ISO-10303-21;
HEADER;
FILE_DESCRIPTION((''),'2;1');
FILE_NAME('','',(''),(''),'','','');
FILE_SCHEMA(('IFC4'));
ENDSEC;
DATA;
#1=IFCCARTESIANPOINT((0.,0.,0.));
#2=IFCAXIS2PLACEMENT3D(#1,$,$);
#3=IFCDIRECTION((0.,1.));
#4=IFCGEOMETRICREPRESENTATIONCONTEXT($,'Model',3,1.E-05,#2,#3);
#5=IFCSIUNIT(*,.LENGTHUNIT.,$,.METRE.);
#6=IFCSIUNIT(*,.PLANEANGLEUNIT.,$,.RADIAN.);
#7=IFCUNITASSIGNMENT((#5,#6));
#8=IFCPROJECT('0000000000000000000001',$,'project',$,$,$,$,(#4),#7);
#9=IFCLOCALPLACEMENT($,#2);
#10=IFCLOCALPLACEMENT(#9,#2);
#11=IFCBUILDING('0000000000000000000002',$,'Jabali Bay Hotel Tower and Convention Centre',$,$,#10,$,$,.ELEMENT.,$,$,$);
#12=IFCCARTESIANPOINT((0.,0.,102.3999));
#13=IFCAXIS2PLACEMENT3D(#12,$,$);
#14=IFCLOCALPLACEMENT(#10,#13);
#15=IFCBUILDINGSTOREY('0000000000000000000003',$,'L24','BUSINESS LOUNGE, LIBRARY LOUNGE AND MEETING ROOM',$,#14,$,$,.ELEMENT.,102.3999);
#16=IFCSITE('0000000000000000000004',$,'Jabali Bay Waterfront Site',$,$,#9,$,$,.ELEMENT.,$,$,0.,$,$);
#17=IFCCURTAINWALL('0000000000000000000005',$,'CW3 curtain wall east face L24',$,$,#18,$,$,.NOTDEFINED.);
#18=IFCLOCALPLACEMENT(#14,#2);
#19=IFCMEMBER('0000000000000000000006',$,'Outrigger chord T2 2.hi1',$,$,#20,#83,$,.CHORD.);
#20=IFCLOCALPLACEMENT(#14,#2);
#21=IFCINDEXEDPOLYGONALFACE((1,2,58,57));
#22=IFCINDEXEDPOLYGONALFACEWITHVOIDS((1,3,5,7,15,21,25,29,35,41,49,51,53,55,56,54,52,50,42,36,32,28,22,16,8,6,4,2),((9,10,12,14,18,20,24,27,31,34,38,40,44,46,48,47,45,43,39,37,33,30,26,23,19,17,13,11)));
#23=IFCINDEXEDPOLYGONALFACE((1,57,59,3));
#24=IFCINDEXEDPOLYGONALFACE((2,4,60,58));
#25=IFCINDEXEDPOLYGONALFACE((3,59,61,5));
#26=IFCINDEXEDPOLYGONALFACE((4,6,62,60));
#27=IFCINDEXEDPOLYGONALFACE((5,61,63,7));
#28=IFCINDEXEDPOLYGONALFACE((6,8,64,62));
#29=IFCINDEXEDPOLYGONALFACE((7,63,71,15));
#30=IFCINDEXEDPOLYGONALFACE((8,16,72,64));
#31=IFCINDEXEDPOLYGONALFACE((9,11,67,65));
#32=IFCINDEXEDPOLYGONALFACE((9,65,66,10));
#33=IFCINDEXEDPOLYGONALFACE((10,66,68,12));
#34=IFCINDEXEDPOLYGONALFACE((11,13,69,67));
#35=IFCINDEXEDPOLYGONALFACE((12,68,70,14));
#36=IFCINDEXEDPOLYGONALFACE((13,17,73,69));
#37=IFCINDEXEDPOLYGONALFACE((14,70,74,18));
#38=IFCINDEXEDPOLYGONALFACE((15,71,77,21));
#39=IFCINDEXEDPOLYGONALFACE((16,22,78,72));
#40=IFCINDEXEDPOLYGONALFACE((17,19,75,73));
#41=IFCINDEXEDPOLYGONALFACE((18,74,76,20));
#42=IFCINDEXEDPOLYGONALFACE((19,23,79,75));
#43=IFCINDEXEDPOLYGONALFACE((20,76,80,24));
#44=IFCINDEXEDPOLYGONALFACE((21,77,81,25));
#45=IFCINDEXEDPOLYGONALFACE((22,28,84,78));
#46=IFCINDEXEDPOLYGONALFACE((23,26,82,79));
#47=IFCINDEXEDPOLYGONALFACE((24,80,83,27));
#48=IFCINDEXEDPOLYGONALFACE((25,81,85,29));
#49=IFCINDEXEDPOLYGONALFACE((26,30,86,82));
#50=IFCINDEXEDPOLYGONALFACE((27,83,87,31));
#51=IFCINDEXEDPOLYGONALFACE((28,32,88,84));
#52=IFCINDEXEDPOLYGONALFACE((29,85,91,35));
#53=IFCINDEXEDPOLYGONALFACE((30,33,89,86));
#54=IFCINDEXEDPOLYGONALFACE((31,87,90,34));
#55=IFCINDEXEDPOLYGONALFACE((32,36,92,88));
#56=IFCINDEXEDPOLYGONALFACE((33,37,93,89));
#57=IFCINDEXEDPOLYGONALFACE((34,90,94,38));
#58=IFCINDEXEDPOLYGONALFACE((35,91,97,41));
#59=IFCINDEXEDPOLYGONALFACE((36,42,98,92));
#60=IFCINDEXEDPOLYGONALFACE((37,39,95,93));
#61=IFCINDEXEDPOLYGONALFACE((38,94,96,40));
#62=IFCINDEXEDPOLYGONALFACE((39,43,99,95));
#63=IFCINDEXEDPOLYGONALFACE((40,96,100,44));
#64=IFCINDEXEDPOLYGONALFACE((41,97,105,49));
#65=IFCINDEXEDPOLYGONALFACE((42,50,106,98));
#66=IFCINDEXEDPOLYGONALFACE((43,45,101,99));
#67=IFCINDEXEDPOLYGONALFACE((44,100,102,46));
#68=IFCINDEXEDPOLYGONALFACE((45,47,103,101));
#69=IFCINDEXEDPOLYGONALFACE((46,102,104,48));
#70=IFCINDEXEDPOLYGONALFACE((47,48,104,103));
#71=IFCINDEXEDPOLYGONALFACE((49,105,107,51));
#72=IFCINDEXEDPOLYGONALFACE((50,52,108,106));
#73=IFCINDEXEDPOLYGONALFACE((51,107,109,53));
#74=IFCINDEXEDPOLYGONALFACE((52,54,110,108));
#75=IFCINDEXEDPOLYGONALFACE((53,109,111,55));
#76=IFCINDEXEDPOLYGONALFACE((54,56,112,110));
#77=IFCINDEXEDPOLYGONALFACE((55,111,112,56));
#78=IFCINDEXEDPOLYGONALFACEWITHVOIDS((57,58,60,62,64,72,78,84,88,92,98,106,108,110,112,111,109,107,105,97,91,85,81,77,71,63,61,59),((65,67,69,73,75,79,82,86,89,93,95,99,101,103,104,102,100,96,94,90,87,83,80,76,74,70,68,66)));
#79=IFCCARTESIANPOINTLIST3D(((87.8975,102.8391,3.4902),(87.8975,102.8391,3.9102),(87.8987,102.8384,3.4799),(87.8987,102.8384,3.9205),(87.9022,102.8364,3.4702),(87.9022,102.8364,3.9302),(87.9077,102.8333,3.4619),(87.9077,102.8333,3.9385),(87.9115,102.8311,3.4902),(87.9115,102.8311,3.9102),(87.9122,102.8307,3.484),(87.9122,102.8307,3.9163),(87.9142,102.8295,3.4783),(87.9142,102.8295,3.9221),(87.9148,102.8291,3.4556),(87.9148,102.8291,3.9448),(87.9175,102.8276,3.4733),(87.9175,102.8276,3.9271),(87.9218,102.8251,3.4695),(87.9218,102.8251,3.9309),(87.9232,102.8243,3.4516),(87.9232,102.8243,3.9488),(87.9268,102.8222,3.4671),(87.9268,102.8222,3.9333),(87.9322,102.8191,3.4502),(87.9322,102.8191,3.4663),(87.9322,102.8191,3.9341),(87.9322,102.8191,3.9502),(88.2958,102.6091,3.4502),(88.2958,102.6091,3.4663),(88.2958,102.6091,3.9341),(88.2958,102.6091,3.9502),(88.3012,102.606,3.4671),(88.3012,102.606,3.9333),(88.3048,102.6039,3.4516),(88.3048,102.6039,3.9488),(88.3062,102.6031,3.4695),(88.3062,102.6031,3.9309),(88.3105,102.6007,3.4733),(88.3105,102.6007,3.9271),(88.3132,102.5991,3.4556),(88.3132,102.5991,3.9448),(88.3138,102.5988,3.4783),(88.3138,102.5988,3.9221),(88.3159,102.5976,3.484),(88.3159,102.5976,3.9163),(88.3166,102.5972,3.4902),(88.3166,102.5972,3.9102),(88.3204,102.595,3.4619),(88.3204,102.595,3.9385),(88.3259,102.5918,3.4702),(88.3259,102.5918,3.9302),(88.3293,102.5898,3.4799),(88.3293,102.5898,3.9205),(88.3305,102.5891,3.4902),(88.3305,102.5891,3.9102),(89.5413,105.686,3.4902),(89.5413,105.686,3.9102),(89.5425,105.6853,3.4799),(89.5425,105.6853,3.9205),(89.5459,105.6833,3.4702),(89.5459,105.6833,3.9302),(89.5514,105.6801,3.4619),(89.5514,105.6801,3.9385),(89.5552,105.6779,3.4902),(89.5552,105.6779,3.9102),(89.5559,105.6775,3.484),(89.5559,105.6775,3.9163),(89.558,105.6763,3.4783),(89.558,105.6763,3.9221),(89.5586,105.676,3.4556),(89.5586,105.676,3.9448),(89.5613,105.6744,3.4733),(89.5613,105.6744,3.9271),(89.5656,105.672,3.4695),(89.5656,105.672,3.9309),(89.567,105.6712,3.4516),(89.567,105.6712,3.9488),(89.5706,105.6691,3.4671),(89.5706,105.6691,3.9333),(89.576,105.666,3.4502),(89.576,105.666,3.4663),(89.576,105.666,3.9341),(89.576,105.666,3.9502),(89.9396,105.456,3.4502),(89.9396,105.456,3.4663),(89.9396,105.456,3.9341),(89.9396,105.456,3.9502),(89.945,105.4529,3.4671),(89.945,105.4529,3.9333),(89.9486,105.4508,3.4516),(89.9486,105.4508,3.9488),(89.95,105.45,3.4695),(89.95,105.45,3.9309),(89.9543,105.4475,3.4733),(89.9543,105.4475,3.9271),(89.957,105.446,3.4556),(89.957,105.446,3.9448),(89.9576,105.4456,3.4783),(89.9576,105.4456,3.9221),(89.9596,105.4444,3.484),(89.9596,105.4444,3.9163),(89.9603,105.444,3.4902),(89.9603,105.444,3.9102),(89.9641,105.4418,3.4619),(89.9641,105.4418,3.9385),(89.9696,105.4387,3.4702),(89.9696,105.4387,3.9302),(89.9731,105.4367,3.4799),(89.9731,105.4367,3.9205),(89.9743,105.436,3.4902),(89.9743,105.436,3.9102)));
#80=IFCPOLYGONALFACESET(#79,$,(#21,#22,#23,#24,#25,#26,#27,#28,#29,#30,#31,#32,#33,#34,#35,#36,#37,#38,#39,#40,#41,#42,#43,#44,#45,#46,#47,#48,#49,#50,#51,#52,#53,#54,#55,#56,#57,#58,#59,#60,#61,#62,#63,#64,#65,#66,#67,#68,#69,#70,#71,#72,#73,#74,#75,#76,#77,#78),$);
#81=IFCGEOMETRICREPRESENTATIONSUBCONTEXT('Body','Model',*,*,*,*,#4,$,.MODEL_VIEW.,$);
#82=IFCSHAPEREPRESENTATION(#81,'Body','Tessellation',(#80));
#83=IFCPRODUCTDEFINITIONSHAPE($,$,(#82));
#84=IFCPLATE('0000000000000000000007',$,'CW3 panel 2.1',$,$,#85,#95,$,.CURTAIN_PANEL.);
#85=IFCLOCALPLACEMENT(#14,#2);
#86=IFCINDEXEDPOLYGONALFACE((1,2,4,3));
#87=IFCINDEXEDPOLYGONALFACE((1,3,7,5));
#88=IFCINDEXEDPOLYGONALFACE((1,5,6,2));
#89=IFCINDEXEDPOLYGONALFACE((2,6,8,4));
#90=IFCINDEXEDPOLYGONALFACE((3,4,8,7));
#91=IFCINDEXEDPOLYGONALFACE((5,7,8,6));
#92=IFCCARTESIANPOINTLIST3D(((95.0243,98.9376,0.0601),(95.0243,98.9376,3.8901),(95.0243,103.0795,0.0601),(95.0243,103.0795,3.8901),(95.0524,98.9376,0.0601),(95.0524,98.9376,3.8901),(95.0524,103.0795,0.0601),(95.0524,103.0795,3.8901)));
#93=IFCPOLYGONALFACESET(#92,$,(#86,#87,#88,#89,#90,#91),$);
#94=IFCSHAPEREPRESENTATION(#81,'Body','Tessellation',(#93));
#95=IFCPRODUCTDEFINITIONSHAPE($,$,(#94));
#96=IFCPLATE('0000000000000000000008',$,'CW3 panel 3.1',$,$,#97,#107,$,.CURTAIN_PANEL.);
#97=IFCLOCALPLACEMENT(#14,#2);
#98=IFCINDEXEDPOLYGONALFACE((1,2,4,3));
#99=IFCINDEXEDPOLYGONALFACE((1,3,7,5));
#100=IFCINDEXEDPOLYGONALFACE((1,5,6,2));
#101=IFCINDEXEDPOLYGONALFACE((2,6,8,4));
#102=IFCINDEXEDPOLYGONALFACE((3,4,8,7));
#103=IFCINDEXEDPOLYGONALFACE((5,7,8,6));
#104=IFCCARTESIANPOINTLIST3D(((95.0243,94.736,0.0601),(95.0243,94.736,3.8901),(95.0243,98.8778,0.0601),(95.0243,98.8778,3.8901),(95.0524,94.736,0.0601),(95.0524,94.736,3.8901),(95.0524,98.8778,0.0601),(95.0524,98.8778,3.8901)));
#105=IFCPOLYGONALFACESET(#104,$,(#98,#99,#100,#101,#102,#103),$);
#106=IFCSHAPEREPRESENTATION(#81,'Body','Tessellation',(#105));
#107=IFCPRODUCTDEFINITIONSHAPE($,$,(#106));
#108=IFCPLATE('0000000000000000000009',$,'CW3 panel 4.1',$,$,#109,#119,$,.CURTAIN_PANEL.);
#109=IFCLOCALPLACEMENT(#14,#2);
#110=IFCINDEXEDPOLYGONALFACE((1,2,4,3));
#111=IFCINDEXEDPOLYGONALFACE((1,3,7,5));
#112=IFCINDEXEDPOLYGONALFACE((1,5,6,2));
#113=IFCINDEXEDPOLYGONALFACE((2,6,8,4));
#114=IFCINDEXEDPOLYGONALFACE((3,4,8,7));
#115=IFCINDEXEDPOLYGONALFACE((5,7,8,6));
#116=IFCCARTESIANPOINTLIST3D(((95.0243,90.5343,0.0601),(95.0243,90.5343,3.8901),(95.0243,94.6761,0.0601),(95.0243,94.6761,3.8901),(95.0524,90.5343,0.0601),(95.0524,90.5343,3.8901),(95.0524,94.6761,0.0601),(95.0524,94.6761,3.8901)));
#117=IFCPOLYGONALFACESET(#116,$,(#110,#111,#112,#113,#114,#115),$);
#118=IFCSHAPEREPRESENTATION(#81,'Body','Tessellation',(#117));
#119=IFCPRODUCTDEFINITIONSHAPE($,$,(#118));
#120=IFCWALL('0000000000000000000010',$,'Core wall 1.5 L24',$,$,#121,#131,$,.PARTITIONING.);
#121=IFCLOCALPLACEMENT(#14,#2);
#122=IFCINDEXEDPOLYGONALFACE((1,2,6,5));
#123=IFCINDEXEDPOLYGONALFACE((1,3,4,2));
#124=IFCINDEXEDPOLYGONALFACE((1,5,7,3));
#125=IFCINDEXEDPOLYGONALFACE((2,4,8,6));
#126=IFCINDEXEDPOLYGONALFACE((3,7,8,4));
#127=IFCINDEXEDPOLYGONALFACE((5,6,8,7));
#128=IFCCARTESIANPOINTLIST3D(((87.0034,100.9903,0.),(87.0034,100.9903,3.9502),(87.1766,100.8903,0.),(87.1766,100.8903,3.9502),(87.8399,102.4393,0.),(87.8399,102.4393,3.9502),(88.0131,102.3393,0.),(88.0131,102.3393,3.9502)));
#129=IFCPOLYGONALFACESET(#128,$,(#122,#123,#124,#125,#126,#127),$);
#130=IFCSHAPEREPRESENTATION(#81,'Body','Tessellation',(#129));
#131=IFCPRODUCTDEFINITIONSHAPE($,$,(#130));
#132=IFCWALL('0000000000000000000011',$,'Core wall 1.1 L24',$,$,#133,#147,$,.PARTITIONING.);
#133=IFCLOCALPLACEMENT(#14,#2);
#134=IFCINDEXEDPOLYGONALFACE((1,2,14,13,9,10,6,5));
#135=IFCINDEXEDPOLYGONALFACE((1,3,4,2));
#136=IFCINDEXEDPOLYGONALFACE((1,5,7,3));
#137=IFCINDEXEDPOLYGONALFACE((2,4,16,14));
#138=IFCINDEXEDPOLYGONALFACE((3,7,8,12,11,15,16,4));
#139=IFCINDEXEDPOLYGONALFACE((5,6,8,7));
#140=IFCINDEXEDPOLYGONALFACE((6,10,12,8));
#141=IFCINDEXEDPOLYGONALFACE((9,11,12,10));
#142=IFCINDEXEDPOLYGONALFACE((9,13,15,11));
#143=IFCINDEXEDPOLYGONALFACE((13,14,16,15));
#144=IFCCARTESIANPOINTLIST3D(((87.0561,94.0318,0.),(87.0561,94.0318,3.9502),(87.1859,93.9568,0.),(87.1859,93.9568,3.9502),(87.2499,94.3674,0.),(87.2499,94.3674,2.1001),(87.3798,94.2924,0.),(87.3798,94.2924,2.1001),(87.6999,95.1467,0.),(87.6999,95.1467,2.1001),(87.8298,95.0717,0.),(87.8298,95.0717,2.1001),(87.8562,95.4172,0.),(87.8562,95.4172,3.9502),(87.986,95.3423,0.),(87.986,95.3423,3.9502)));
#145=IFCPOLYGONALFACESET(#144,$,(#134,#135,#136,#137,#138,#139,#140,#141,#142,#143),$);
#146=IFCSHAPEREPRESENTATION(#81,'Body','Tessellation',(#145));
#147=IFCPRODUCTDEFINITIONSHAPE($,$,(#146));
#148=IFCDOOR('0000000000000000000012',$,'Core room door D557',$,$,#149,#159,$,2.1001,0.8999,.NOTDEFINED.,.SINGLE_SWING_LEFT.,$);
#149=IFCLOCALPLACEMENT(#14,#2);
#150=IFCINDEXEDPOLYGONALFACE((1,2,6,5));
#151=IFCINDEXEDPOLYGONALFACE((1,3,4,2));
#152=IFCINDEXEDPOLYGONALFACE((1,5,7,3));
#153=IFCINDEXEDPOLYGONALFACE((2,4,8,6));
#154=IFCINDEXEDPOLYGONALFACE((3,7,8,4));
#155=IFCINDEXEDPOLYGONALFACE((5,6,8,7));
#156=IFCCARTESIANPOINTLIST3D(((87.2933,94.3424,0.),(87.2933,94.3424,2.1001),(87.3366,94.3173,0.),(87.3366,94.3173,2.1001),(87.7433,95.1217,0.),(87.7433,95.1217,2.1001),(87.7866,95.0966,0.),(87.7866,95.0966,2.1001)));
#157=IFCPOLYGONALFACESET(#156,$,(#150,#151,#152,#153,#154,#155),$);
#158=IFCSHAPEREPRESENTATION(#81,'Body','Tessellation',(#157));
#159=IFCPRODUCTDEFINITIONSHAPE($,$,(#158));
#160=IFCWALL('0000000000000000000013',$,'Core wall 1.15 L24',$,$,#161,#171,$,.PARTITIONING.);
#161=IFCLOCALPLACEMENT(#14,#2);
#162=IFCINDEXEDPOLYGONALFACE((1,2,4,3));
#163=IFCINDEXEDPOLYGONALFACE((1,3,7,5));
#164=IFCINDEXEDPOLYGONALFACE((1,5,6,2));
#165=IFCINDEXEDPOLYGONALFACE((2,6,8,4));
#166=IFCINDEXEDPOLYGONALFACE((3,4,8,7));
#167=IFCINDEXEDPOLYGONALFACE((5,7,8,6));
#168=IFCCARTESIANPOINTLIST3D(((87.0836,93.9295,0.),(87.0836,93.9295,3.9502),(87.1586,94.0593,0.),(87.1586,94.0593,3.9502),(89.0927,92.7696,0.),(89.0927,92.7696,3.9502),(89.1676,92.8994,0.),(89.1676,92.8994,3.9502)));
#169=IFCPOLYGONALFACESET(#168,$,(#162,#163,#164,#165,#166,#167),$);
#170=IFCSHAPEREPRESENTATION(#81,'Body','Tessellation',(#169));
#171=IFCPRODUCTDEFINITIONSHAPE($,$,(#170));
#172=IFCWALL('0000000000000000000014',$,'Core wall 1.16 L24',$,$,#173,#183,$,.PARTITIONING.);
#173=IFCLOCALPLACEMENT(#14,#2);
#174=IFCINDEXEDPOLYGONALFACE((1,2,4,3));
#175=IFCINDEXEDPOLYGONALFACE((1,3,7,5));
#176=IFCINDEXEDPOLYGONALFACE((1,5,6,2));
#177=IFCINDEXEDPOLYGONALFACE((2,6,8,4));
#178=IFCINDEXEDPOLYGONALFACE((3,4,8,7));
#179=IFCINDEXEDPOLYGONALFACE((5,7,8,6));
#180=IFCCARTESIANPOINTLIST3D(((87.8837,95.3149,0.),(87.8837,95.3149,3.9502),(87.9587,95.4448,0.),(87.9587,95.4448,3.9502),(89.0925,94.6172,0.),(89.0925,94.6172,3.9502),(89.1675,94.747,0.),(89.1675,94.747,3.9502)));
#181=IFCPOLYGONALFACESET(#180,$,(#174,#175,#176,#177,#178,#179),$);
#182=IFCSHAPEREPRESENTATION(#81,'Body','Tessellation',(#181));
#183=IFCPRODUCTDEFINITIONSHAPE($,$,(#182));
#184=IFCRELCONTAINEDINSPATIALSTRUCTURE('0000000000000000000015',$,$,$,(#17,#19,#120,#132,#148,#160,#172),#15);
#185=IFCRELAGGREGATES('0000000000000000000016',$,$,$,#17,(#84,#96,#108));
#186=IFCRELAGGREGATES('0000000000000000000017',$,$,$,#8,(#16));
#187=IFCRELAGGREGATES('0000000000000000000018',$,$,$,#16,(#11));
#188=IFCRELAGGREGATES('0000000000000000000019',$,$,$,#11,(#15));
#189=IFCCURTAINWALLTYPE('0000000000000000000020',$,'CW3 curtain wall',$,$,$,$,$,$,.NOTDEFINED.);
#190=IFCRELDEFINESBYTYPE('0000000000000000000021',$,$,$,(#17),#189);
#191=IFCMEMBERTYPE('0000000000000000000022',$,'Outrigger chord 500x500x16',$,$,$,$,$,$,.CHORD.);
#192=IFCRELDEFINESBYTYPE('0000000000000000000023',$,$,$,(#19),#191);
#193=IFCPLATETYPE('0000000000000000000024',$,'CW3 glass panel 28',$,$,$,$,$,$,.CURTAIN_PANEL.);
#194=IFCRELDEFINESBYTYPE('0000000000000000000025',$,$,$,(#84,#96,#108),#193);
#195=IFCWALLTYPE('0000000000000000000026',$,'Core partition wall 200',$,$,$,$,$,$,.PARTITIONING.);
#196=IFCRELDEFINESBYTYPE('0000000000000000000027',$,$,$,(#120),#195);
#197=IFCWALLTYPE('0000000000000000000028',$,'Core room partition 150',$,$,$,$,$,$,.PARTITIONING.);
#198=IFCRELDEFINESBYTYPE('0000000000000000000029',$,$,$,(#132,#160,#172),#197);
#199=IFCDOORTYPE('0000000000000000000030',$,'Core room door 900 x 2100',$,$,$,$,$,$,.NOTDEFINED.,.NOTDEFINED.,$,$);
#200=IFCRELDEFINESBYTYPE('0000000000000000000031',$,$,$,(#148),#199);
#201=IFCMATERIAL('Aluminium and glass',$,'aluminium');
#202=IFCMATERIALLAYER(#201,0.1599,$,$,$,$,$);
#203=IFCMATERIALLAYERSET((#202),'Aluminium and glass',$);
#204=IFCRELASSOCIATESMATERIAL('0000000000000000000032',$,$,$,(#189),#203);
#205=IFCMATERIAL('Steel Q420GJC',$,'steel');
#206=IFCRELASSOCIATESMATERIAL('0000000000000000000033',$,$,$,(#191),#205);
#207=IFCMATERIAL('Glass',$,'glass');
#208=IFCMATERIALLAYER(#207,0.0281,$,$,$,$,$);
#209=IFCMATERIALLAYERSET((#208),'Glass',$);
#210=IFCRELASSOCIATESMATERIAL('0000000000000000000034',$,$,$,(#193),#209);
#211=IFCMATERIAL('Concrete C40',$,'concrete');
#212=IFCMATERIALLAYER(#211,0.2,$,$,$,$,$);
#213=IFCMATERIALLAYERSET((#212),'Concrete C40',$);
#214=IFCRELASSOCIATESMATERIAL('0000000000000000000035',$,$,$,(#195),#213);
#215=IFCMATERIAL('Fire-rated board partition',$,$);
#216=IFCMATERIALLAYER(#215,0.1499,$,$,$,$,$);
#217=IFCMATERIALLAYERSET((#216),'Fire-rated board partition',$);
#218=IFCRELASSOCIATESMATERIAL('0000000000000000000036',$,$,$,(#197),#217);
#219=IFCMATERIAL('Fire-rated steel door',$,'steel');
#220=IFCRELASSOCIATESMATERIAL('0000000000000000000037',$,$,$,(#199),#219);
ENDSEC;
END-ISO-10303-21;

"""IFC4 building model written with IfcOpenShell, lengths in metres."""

from ifc_helpers import new_model, si_unit, direction, frame, frame_2d, origin, origin_2d, place, context, subcontext, project, spatial, rectangle, hollow_rectangle, extrude, material, layer, layer_set, material_profile, profile_set, type_object, element, fill, aggregate, save


model = new_model("IFC4")

# Units and contexts
model_context = context("Model", 3, precision=1e-05, world=origin(), true_north=direction((0.0, 1.0)))
body_context = subcontext(model_context, "Body", "Model", "MODEL_VIEW")
ifc_project = project(units=[si_unit("LENGTHUNIT", "METRE"), si_unit("PLANEANGLEUNIT", "RADIAN")], contexts=[model_context])

# Site, building, storey
site_placement = place(None, origin())
site = spatial("IfcSite", under=ifc_project, at=site_placement, Name="Jabali Bay Waterfront Site", CompositionType="ELEMENT", RefElevation=0.0)
building_placement = place(site_placement, origin())
building = spatial("IfcBuilding", under=site, at=building_placement, Name="Jabali Bay Hotel Tower and Convention Centre", CompositionType="ELEMENT")
storey_placement = place(building_placement, frame((0.0, 0.0, 102.3999)))
storey = spatial("IfcBuildingStorey", under=building, at=storey_placement, Name="L24", Description="BUSINESS LOUNGE, LIBRARY LOUNGE AND MEETING ROOM", CompositionType="ELEMENT", Elevation=102.3999)

# Shared definitions
ifc_material_1 = material(Name="Steel Q420GJC", Category="steel")

# Curtain wall
ifc_material_2 = material(Name="Aluminium and glass", Category="aluminium")
ifc_layer_1 = layer(ifc_material_2, 0.1599)
ifc_layer_set_1 = layer_set([ifc_layer_1], Name="Aluminium and glass")
curtain_wall_type = type_object("IfcCurtainWallType", Name="CW3 curtain wall", PredefinedType="NOTDEFINED", material=ifc_layer_set_1)
curtain_wall_placement = place(storey_placement, origin())
curtain_wall = element("IfcCurtainWall", 1, at=curtain_wall_placement, inside=storey, type_object=curtain_wall_type, Name="CW3 curtain wall east face L24", PredefinedType="NOTDEFINED")

# Member
ifc_material_profile_1 = material_profile(ifc_material_1, hollow_rectangle(XDim=0.5, YDim=0.5, WallThickness=0.0161, InnerFilletRadius=0.0239, OuterFilletRadius=0.04, at=origin_2d()), Name="Outrigger chord 500x500x16")
ifc_profile_set_1 = profile_set([ifc_material_profile_1], Name="Steel Q420GJC")
member_type_1 = type_object("IfcMemberType", Name="Outrigger chord 500x500x16", PredefinedType="CHORD", material=ifc_profile_set_1)
member_1_placement = place(storey_placement, frame((88.114, 102.7141, 3.7002), z_axis=(0.500029, 0.866009, 0.0), x_axis=(-0.866009, 0.500029, 0.0)))
element("IfcMember", 2, at=member_1_placement, inside=storey, type_object=member_type_1, Name="Outrigger chord T2 2.hi1", PredefinedType="CHORD", context=body_context, shape_type="SweptSolid", body=[
    extrude(hollow_rectangle(XDim=0.5, YDim=0.5, WallThickness=0.0161, InnerFilletRadius=0.0239, OuterFilletRadius=0.04, at=origin_2d()), origin(), (0.0, 0.0, 1.0), 3.2874),
])

# Plates
ifc_material_3 = material(Name="Glass", Category="glass")
ifc_layer_2 = layer(ifc_material_3, 0.0281)
ifc_layer_set_2 = layer_set([ifc_layer_2], Name="Glass")
plate_type = type_object("IfcPlateType", Name="CW3 glass panel 28", PredefinedType="CURTAIN_PANEL", material=ifc_layer_set_2)
plate_1_placement = place(storey_placement, frame((95.0383, 101.0085, 0.0601), z_axis=(0.0, 0.0, 1.0), x_axis=(0.0, -1.0, 0.0)))
plate_1 = element("IfcPlate", 3, at=plate_1_placement, type_object=plate_type, Name="CW3 panel 2.1", PredefinedType="CURTAIN_PANEL", context=body_context, shape_type="SweptSolid", body=[
    extrude(rectangle(XDim=4.1418, YDim=0.0281, at=origin_2d()), origin(), (0.0, 0.0, 1.0), 3.8301),
])
plate_2_placement = place(storey_placement, frame((95.0383, 96.8069, 0.0601), z_axis=(0.0, 0.0, 1.0), x_axis=(0.0, -1.0, 0.0)))
plate_2 = element("IfcPlate", 4, at=plate_2_placement, type_object=plate_type, Name="CW3 panel 3.1", PredefinedType="CURTAIN_PANEL", context=body_context, shape_type="SweptSolid", body=[
    extrude(rectangle(XDim=4.1418, YDim=0.0281, at=origin_2d()), origin(), (0.0, 0.0, 1.0), 3.8301),
])
plate_3_placement = place(storey_placement, frame((95.0383, 92.6052, 0.0601), z_axis=(0.0, 0.0, 1.0), x_axis=(0.0, -1.0, 0.0)))
plate_3 = element("IfcPlate", 5, at=plate_3_placement, type_object=plate_type, Name="CW3 panel 4.1", PredefinedType="CURTAIN_PANEL", context=body_context, shape_type="SweptSolid", body=[
    extrude(rectangle(XDim=4.1418, YDim=0.0281, at=origin_2d()), origin(), (0.0, 0.0, 1.0), 3.8301),
])
aggregate(curtain_wall, [plate_1, plate_2, plate_3])

# Wall
ifc_material_4 = material(Name="Concrete C40", Category="concrete")
ifc_layer_3 = layer(ifc_material_4, 0.2)
ifc_layer_set_3 = layer_set([ifc_layer_3], Name="Concrete C40")
wall_type_1 = type_object("IfcWallType", Name="Core partition wall 200", PredefinedType="PARTITIONING", material=ifc_layer_set_3)
wall_1_placement = place(storey_placement, frame((87.0901, 100.9404, 0.0), z_axis=(0.0, 0.0, 1.0), x_axis=(0.499937, 0.866062, 0.0)))
element("IfcWall", 6, at=wall_1_placement, inside=storey, type_object=wall_type_1, Name="Core wall 1.5 L24", PredefinedType="PARTITIONING", context=body_context, shape_type="SweptSolid", body=[
    extrude(rectangle(XDim=1.6731, YDim=0.2, at=frame_2d((0.8364, 0.0))), origin(), (0.0, 0.0, 1.0), 3.9502),
])

# Wall, opening, door
ifc_material_5 = material(Name="Fire-rated board partition")
ifc_layer_4 = layer(ifc_material_5, 0.1499)
ifc_layer_set_4 = layer_set([ifc_layer_4], Name="Fire-rated board partition")
wall_type_2 = type_object("IfcWallType", Name="Core room partition 150", PredefinedType="PARTITIONING", material=ifc_layer_set_4)
wall_2_placement = place(storey_placement, frame((87.1211, 93.9944, 0.0), z_axis=(0.0, 0.0, 1.0), x_axis=(0.500061, 0.86599, 0.0)))
wall_2 = element("IfcWall", 7, at=wall_2_placement, inside=storey, type_object=wall_type_2, Name="Core wall 1.1 L24", PredefinedType="PARTITIONING", context=body_context, shape_type="SweptSolid", body=[
    extrude(rectangle(XDim=1.5999, YDim=0.1499, at=frame_2d((0.7998, 0.0))), origin(), (0.0, 0.0, 1.0), 3.9502),
])
opening_1_placement = place(wall_2_placement, frame((0.3875, 0.0, 0.0)))
opening_1 = element("IfcOpeningElement", 8, at=opening_1_placement, cuts=wall_2, PredefinedType="OPENING", context=body_context, shape_type="SweptSolid", body=[
    extrude(rectangle(XDim=0.8999, YDim=2.1001, at=frame_2d((0.45, 1.05))), frame((0.0, 0.0854, 0.0), z_axis=(0.0, -1.0, 0.0), x_axis=(1.0, 0.0, 0.0)), (0.0, 0.0, 1.0), 0.1709),
])
ifc_material_6 = material(Name="Fire-rated steel door", Category="steel")
door_type_1 = type_object("IfcDoorType", Name="Core room door 900 x 2100", OperationType="NOTDEFINED", PredefinedType="NOTDEFINED", material=ifc_material_6)
door_1_placement = place(opening_1_placement, origin())
door_1 = element("IfcDoor", 9, at=door_1_placement, inside=storey, type_object=door_type_1, Name="Core room door D557", OperationType="SINGLE_SWING_LEFT", OverallHeight=2.1001, OverallWidth=0.8999, PredefinedType="NOTDEFINED", context=body_context, shape_type="SweptSolid", body=[
    extrude(rectangle(XDim=0.8999, YDim=2.1001, at=frame_2d((0.45, 1.05))), frame((0.0, 0.0249, 0.0), z_axis=(0.0, -1.0, 0.0), x_axis=(1.0, 0.0, 0.0)), (0.0, 0.0, 1.0), 0.05),
])
fill(opening_1, door_1)

# Walls
wall_3_placement = place(storey_placement, frame((89.1301, 92.8345, 0.0), z_axis=(0.0, 0.0, 1.0), x_axis=(-0.866026, 0.499999, 0.0)))
element("IfcWall", 10, at=wall_3_placement, inside=storey, type_object=wall_type_2, Name="Core wall 1.15 L24", PredefinedType="PARTITIONING", context=body_context, shape_type="SweptSolid", body=[
    extrude(rectangle(XDim=2.3198, YDim=0.1499, at=frame_2d((1.1599, 0.0))), origin(), (0.0, 0.0, 1.0), 3.9502),
])
wall_4_placement = place(storey_placement, frame((89.1299, 94.6821, 0.0), z_axis=(0.0, 0.0, 1.0), x_axis=(-0.86606, 0.499939, 0.0)))
element("IfcWall", 11, at=wall_4_placement, inside=storey, type_object=wall_type_2, Name="Core wall 1.16 L24", PredefinedType="PARTITIONING", context=body_context, shape_type="SweptSolid", body=[
    extrude(rectangle(XDim=1.3958, YDim=0.1499, at=frame_2d((0.6978, 0.0))), origin(), (0.0, 0.0, 1.0), 3.9502),
])

save(model, "model.ifc")
